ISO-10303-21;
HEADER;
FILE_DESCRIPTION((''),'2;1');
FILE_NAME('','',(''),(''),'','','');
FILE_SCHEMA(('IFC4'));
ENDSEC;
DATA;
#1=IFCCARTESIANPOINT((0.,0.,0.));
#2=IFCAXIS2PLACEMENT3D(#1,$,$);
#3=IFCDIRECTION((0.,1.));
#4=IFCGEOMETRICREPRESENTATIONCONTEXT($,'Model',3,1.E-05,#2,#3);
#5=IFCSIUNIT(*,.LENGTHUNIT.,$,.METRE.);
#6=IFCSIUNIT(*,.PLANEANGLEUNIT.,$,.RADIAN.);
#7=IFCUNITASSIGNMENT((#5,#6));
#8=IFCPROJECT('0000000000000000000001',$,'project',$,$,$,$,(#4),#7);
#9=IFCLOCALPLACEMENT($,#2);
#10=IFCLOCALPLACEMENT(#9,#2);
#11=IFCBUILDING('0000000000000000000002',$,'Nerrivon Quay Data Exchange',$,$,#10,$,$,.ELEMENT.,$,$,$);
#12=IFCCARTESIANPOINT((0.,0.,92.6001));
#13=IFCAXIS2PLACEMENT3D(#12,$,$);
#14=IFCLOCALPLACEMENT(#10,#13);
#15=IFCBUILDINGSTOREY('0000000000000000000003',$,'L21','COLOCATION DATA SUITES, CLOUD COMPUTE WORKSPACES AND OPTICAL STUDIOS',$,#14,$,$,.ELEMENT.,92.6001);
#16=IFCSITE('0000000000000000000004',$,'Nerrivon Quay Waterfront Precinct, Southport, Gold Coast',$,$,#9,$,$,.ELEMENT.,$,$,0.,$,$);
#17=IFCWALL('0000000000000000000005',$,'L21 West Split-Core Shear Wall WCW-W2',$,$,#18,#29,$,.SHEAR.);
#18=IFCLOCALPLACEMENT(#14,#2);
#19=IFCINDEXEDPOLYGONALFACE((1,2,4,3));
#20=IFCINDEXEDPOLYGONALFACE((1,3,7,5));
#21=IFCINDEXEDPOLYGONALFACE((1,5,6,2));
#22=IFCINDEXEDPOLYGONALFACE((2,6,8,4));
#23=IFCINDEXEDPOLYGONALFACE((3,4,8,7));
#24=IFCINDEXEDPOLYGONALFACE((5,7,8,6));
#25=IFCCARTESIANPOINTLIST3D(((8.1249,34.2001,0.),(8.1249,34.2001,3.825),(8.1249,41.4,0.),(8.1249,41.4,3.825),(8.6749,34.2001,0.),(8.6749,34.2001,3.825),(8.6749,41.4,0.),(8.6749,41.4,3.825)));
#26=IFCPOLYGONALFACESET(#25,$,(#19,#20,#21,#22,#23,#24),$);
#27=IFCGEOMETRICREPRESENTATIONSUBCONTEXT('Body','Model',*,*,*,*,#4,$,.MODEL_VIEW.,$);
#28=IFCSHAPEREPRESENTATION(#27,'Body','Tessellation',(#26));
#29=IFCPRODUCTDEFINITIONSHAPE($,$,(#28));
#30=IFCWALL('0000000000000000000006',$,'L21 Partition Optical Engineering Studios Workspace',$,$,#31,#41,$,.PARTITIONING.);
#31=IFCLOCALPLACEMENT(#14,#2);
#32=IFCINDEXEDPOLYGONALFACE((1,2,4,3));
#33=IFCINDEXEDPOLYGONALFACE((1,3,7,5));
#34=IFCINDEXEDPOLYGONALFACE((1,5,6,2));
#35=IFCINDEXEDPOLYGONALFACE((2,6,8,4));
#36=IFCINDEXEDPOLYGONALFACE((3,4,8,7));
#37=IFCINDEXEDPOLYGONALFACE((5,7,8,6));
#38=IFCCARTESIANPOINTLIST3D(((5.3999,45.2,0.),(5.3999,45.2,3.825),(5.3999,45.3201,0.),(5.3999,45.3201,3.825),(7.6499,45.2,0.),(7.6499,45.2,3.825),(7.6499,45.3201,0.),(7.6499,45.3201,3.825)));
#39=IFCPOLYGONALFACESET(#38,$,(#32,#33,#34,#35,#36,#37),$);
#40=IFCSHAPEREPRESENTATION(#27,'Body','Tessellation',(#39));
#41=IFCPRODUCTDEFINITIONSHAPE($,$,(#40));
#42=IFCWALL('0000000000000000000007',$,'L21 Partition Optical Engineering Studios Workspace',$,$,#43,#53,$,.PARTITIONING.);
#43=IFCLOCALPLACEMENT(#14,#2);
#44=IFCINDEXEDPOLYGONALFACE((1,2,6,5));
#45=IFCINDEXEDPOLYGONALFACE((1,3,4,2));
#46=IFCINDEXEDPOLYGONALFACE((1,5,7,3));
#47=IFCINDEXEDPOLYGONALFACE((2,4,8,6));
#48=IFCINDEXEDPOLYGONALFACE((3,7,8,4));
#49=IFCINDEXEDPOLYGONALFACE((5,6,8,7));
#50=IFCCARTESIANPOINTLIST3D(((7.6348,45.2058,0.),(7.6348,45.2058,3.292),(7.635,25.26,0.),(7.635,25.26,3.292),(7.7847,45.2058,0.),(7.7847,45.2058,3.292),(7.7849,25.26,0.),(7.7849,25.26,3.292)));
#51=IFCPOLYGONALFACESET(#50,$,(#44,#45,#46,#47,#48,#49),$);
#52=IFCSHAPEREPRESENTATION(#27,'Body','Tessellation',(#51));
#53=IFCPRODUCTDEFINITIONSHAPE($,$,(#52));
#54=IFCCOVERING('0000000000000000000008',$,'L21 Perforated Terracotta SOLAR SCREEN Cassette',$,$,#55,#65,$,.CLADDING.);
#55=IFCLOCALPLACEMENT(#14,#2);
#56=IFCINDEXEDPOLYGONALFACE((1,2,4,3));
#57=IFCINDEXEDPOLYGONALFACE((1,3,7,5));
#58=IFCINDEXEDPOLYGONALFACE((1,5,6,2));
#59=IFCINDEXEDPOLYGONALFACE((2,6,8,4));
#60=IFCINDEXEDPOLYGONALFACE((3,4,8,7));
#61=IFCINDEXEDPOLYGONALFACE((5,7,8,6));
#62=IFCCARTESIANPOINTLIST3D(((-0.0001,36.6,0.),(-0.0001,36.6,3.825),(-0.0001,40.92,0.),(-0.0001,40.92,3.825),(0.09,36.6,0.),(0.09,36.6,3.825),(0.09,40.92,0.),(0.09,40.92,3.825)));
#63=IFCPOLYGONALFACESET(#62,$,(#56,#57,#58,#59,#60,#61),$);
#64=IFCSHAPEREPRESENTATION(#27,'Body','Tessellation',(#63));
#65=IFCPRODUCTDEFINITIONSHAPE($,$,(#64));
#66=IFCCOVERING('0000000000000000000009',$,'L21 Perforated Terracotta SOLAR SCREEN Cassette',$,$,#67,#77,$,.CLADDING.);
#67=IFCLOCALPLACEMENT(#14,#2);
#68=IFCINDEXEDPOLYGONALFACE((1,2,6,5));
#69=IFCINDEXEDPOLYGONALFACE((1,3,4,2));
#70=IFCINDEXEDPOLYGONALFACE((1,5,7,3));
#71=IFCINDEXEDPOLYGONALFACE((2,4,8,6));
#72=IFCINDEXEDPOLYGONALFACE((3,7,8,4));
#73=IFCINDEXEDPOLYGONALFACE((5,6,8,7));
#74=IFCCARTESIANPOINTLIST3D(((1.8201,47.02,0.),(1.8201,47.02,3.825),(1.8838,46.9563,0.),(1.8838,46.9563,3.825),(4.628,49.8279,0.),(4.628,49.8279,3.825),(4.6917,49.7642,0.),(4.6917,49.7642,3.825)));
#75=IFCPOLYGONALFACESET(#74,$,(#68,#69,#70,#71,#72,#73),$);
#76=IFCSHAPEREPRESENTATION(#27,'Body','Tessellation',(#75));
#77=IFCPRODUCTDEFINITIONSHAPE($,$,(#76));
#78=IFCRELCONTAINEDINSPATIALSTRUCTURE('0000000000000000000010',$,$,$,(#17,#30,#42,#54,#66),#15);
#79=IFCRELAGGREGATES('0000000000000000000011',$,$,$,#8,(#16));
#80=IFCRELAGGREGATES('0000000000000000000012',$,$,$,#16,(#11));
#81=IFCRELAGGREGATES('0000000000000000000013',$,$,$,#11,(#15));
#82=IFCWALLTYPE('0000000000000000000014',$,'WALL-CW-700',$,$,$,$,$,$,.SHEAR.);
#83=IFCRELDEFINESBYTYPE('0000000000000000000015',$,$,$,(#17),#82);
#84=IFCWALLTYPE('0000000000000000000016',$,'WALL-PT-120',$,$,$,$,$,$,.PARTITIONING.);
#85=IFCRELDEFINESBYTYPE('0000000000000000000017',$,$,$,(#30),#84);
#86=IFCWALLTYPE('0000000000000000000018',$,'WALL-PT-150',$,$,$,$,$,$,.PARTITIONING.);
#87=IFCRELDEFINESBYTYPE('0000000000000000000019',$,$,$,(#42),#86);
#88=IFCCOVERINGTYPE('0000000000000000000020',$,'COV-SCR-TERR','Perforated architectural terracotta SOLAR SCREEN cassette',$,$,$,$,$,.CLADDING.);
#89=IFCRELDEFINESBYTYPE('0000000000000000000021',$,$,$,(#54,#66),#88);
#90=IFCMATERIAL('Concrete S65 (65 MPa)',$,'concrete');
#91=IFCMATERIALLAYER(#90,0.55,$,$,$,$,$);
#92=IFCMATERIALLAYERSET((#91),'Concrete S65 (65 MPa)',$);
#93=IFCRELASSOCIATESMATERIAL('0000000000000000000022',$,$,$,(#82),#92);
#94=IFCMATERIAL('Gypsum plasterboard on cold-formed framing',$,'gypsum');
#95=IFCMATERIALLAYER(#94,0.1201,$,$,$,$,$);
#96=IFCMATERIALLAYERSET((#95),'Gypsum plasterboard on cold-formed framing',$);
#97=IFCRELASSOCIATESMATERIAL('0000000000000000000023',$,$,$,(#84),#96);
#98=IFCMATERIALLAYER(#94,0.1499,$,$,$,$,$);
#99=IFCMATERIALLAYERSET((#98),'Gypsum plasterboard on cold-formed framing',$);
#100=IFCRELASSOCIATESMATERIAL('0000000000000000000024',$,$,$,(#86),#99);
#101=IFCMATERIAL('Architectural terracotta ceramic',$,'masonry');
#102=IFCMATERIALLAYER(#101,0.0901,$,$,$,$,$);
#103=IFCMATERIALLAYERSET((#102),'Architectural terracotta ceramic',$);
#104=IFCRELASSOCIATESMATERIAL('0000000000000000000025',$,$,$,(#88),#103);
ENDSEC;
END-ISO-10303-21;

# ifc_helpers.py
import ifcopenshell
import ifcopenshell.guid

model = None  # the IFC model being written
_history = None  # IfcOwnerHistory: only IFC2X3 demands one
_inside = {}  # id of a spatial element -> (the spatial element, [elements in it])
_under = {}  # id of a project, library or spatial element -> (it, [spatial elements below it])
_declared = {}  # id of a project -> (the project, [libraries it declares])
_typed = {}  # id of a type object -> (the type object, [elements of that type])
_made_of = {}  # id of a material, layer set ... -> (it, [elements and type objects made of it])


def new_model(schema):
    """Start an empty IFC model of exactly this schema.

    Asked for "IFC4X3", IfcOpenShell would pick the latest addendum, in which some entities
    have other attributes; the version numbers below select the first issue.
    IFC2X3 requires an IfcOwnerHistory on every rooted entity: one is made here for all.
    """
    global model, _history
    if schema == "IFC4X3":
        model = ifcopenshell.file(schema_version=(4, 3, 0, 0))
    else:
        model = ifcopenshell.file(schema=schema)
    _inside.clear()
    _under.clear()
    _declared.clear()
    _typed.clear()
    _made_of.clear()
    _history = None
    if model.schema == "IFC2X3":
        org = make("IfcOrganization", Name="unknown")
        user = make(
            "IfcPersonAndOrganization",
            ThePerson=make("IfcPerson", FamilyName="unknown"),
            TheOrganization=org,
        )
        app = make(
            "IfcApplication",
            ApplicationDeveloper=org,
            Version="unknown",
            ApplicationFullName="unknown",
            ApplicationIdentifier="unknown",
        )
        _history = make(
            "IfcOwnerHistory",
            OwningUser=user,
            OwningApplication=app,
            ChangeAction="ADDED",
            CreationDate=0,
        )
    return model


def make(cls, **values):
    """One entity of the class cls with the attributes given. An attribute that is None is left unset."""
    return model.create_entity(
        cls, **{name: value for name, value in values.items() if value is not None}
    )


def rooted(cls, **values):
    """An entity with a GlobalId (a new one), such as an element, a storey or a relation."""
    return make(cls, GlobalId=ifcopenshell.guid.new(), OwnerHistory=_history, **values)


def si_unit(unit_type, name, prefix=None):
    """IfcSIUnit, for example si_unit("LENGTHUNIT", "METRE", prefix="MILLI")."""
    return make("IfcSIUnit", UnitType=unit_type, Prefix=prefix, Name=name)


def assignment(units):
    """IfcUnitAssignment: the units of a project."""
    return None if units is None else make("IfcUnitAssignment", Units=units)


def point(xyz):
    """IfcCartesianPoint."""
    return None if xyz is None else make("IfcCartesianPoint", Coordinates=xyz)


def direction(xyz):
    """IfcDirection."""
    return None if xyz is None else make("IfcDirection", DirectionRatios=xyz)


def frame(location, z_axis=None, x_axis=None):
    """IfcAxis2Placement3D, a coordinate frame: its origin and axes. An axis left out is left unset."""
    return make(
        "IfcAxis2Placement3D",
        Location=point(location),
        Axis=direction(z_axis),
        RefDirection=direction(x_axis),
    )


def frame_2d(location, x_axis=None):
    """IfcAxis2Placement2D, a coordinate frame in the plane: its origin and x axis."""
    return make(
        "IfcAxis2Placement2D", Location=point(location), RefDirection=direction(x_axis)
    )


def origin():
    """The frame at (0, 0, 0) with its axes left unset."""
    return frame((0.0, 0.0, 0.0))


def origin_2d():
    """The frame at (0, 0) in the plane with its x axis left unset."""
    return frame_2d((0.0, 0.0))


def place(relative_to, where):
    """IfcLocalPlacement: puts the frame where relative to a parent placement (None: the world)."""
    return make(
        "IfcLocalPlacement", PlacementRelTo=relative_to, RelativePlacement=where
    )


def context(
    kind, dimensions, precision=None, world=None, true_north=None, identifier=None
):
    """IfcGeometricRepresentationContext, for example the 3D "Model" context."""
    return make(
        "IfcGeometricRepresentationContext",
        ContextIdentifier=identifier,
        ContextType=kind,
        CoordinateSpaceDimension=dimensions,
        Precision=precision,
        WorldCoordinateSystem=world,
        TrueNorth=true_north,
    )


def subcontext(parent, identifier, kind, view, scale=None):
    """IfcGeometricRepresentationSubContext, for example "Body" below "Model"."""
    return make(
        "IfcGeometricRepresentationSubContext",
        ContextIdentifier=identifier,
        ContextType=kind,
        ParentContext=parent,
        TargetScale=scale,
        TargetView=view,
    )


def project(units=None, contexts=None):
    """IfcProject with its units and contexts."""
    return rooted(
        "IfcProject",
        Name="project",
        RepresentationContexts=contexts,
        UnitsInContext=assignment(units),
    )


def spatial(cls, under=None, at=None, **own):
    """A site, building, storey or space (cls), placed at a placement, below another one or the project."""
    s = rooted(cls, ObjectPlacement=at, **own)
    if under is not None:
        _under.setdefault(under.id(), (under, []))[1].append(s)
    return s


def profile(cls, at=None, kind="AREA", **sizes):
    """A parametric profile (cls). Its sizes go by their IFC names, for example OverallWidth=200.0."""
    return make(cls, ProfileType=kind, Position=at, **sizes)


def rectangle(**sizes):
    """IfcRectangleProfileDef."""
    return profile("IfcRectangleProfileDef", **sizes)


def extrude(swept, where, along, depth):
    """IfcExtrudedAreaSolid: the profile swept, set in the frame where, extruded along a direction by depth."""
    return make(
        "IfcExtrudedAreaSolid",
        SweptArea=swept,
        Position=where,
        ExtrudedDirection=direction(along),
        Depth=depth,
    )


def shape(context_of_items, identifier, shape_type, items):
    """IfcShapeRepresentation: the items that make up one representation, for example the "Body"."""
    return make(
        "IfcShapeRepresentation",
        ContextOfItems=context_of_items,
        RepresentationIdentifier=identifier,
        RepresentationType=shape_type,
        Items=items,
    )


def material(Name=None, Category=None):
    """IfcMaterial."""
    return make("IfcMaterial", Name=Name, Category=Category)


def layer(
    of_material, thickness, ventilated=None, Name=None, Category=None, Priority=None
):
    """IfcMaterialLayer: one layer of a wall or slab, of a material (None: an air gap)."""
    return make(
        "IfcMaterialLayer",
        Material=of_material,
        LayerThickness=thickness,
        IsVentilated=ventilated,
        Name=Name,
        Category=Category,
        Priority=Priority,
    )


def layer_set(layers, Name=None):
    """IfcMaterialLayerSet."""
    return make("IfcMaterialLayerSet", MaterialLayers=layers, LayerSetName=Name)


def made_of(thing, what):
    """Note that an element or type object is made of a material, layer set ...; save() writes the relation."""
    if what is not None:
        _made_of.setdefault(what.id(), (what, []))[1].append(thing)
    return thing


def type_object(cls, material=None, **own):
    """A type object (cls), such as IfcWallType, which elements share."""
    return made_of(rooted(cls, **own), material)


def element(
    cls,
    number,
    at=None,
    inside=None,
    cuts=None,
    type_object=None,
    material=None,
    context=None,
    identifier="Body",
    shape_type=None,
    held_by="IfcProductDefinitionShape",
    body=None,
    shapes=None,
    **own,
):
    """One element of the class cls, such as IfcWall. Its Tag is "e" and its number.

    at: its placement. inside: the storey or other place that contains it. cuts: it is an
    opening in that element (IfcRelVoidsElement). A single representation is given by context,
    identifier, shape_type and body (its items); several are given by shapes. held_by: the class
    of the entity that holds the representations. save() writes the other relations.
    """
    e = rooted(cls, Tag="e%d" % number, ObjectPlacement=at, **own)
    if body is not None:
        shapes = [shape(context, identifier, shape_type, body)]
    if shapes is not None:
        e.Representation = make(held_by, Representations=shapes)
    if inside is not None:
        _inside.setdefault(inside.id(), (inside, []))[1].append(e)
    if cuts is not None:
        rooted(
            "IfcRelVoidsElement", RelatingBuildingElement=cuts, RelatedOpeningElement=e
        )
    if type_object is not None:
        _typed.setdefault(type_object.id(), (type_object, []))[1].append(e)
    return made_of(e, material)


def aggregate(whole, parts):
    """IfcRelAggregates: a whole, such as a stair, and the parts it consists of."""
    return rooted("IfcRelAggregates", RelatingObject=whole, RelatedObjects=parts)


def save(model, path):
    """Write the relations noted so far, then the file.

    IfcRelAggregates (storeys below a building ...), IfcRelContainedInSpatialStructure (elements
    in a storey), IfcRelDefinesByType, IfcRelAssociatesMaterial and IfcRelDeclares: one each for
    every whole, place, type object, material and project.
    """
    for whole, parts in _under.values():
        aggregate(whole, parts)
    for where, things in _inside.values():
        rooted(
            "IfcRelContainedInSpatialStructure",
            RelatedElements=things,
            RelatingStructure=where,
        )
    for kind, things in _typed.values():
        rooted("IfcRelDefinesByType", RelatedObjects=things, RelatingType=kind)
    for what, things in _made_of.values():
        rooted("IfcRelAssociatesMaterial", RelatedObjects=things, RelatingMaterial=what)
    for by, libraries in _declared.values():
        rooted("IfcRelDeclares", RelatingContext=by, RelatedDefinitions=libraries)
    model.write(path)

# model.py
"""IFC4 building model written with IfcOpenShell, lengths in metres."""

from ifc_helpers import new_model, si_unit, direction, frame, frame_2d, origin, origin_2d, place, context, subcontext, project, spatial, rectangle, extrude, material, layer, layer_set, type_object, element, save


model = new_model("IFC4")

# Units and contexts
model_context = context("Model", 3, precision=1e-05, world=origin(), true_north=direction((0.0, 1.0)))
body_context = subcontext(model_context, "Body", "Model", "MODEL_VIEW")
ifc_project = project(units=[si_unit("LENGTHUNIT", "METRE"), si_unit("PLANEANGLEUNIT", "RADIAN")], contexts=[model_context])

# Site, building, storey
site_placement = place(None, origin())
site = spatial("IfcSite", under=ifc_project, at=site_placement, Name="Nerrivon Quay Waterfront Precinct, Southport, Gold Coast", CompositionType="ELEMENT", RefElevation=0.0)
building_placement = place(site_placement, origin())
building = spatial("IfcBuilding", under=site, at=building_placement, Name="Nerrivon Quay Data Exchange", CompositionType="ELEMENT")
storey_placement = place(building_placement, frame((0.0, 0.0, 92.6001)))
storey = spatial("IfcBuildingStorey", under=building, at=storey_placement, Name="L21", Description="COLOCATION DATA SUITES, CLOUD COMPUTE WORKSPACES AND OPTICAL STUDIOS", CompositionType="ELEMENT", Elevation=92.6001)

# Shared definitions
ifc_material_1 = material(Name="Concrete S65 (65 MPa)", Category="concrete")

# Walls
ifc_layer_1 = layer(ifc_material_1, 0.55)
ifc_layer_set_1 = layer_set([ifc_layer_1], Name="Concrete S65 (65 MPa)")
wall_type_1 = type_object("IfcWallType", Name="WALL-CW-700", PredefinedType="SHEAR", material=ifc_layer_set_1)
wall_1_placement = place(storey_placement, frame((8.3999, 34.2, 0.0), z_axis=(0.0, 0.0, 1.0), x_axis=(0.0, 1.0, 0.0)))
element("IfcWall", 1, at=wall_1_placement, inside=storey, type_object=wall_type_1, Name="L21 West Split-Core Shear Wall WCW-W2", PredefinedType="SHEAR", context=body_context, shape_type="SweptSolid", body=[
    extrude(rectangle(XDim=7.2, YDim=0.55, at=frame_2d((3.6001, 0.0))), origin(), (0.0, 0.0, 1.0), 3.825),
])
ifc_material_2 = material(Name="Gypsum plasterboard on cold-formed framing", Category="gypsum")
ifc_layer_2 = layer(ifc_material_2, 0.1201)
ifc_layer_set_2 = layer_set([ifc_layer_2], Name="Gypsum plasterboard on cold-formed framing")
wall_type_2 = type_object("IfcWallType", Name="WALL-PT-120", PredefinedType="PARTITIONING", material=ifc_layer_set_2)
wall_2_placement = place(storey_placement, frame((5.3999, 45.26, 0.0), z_axis=(0.0, 0.0, 1.0), x_axis=(1.0, 0.0, 0.0)))
element("IfcWall", 2, at=wall_2_placement, inside=storey, type_object=wall_type_2, Name="L21 Partition Optical Engineering Studios Workspace", PredefinedType="PARTITIONING", context=body_context, shape_type="SweptSolid", body=[
    extrude(rectangle(XDim=2.25, YDim=0.1201, at=frame_2d((1.125, 0.0))), origin(), (0.0, 0.0, 1.0), 3.825),
])
ifc_layer_3 = layer(ifc_material_2, 0.1499)
ifc_layer_set_3 = layer_set([ifc_layer_3], Name="Gypsum plasterboard on cold-formed framing")
wall_type_3 = type_object("IfcWallType", Name="WALL-PT-150", PredefinedType="PARTITIONING", material=ifc_layer_set_3)
wall_3_placement = place(storey_placement, frame((7.7097, 45.2058, 0.0), z_axis=(0.0, 0.0, 1.0), x_axis=(0.000012, -1.0, 0.0)))
element("IfcWall", 3, at=wall_3_placement, inside=storey, type_object=wall_type_3, Name="L21 Partition Optical Engineering Studios Workspace", PredefinedType="PARTITIONING", context=body_context, shape_type="SweptSolid", body=[
    extrude(rectangle(XDim=19.9458, YDim=0.1499, at=frame_2d((9.9729, 0.0))), origin(), (0.0, 0.0, 1.0), 3.292),
])

# Coverings
ifc_material_3 = material(Name="Architectural terracotta ceramic", Category="masonry")
ifc_layer_4 = layer(ifc_material_3, 0.0901)
ifc_layer_set_4 = layer_set([ifc_layer_4], Name="Architectural terracotta ceramic")
covering_type = type_object("IfcCoveringType", Name="COV-SCR-TERR", Description="Perforated architectural terracotta SOLAR SCREEN cassette", PredefinedType="CLADDING", material=ifc_layer_set_4)
covering_1_placement = place(storey_placement, frame((0.0449, 38.76, 0.0), z_axis=(0.0, 0.0, 1.0), x_axis=(0.0, 1.0, 0.0)))
element("IfcCovering", 4, at=covering_1_placement, inside=storey, type_object=covering_type, Name="L21 Perforated Terracotta SOLAR SCREEN Cassette", PredefinedType="CLADDING", context=body_context, shape_type="SweptSolid", body=[
    extrude(rectangle(XDim=4.3201, YDim=0.0901, at=origin_2d()), origin(), (0.0, 0.0, 1.0), 3.825),
])
covering_2_placement = place(storey_placement, frame((3.2559, 48.3921, 0.0), z_axis=(0.0, 0.0, 1.0), x_axis=(0.707107, 0.707107, 0.0)))
element("IfcCovering", 5, at=covering_2_placement, inside=storey, type_object=covering_type, Name="L21 Perforated Terracotta SOLAR SCREEN Cassette", PredefinedType="CLADDING", context=body_context, shape_type="SweptSolid", body=[
    extrude(rectangle(XDim=3.9709, YDim=0.0901, at=origin_2d()), origin(), (0.0, 0.0, 1.0), 3.825),
])

save(model, "model.ifc")
